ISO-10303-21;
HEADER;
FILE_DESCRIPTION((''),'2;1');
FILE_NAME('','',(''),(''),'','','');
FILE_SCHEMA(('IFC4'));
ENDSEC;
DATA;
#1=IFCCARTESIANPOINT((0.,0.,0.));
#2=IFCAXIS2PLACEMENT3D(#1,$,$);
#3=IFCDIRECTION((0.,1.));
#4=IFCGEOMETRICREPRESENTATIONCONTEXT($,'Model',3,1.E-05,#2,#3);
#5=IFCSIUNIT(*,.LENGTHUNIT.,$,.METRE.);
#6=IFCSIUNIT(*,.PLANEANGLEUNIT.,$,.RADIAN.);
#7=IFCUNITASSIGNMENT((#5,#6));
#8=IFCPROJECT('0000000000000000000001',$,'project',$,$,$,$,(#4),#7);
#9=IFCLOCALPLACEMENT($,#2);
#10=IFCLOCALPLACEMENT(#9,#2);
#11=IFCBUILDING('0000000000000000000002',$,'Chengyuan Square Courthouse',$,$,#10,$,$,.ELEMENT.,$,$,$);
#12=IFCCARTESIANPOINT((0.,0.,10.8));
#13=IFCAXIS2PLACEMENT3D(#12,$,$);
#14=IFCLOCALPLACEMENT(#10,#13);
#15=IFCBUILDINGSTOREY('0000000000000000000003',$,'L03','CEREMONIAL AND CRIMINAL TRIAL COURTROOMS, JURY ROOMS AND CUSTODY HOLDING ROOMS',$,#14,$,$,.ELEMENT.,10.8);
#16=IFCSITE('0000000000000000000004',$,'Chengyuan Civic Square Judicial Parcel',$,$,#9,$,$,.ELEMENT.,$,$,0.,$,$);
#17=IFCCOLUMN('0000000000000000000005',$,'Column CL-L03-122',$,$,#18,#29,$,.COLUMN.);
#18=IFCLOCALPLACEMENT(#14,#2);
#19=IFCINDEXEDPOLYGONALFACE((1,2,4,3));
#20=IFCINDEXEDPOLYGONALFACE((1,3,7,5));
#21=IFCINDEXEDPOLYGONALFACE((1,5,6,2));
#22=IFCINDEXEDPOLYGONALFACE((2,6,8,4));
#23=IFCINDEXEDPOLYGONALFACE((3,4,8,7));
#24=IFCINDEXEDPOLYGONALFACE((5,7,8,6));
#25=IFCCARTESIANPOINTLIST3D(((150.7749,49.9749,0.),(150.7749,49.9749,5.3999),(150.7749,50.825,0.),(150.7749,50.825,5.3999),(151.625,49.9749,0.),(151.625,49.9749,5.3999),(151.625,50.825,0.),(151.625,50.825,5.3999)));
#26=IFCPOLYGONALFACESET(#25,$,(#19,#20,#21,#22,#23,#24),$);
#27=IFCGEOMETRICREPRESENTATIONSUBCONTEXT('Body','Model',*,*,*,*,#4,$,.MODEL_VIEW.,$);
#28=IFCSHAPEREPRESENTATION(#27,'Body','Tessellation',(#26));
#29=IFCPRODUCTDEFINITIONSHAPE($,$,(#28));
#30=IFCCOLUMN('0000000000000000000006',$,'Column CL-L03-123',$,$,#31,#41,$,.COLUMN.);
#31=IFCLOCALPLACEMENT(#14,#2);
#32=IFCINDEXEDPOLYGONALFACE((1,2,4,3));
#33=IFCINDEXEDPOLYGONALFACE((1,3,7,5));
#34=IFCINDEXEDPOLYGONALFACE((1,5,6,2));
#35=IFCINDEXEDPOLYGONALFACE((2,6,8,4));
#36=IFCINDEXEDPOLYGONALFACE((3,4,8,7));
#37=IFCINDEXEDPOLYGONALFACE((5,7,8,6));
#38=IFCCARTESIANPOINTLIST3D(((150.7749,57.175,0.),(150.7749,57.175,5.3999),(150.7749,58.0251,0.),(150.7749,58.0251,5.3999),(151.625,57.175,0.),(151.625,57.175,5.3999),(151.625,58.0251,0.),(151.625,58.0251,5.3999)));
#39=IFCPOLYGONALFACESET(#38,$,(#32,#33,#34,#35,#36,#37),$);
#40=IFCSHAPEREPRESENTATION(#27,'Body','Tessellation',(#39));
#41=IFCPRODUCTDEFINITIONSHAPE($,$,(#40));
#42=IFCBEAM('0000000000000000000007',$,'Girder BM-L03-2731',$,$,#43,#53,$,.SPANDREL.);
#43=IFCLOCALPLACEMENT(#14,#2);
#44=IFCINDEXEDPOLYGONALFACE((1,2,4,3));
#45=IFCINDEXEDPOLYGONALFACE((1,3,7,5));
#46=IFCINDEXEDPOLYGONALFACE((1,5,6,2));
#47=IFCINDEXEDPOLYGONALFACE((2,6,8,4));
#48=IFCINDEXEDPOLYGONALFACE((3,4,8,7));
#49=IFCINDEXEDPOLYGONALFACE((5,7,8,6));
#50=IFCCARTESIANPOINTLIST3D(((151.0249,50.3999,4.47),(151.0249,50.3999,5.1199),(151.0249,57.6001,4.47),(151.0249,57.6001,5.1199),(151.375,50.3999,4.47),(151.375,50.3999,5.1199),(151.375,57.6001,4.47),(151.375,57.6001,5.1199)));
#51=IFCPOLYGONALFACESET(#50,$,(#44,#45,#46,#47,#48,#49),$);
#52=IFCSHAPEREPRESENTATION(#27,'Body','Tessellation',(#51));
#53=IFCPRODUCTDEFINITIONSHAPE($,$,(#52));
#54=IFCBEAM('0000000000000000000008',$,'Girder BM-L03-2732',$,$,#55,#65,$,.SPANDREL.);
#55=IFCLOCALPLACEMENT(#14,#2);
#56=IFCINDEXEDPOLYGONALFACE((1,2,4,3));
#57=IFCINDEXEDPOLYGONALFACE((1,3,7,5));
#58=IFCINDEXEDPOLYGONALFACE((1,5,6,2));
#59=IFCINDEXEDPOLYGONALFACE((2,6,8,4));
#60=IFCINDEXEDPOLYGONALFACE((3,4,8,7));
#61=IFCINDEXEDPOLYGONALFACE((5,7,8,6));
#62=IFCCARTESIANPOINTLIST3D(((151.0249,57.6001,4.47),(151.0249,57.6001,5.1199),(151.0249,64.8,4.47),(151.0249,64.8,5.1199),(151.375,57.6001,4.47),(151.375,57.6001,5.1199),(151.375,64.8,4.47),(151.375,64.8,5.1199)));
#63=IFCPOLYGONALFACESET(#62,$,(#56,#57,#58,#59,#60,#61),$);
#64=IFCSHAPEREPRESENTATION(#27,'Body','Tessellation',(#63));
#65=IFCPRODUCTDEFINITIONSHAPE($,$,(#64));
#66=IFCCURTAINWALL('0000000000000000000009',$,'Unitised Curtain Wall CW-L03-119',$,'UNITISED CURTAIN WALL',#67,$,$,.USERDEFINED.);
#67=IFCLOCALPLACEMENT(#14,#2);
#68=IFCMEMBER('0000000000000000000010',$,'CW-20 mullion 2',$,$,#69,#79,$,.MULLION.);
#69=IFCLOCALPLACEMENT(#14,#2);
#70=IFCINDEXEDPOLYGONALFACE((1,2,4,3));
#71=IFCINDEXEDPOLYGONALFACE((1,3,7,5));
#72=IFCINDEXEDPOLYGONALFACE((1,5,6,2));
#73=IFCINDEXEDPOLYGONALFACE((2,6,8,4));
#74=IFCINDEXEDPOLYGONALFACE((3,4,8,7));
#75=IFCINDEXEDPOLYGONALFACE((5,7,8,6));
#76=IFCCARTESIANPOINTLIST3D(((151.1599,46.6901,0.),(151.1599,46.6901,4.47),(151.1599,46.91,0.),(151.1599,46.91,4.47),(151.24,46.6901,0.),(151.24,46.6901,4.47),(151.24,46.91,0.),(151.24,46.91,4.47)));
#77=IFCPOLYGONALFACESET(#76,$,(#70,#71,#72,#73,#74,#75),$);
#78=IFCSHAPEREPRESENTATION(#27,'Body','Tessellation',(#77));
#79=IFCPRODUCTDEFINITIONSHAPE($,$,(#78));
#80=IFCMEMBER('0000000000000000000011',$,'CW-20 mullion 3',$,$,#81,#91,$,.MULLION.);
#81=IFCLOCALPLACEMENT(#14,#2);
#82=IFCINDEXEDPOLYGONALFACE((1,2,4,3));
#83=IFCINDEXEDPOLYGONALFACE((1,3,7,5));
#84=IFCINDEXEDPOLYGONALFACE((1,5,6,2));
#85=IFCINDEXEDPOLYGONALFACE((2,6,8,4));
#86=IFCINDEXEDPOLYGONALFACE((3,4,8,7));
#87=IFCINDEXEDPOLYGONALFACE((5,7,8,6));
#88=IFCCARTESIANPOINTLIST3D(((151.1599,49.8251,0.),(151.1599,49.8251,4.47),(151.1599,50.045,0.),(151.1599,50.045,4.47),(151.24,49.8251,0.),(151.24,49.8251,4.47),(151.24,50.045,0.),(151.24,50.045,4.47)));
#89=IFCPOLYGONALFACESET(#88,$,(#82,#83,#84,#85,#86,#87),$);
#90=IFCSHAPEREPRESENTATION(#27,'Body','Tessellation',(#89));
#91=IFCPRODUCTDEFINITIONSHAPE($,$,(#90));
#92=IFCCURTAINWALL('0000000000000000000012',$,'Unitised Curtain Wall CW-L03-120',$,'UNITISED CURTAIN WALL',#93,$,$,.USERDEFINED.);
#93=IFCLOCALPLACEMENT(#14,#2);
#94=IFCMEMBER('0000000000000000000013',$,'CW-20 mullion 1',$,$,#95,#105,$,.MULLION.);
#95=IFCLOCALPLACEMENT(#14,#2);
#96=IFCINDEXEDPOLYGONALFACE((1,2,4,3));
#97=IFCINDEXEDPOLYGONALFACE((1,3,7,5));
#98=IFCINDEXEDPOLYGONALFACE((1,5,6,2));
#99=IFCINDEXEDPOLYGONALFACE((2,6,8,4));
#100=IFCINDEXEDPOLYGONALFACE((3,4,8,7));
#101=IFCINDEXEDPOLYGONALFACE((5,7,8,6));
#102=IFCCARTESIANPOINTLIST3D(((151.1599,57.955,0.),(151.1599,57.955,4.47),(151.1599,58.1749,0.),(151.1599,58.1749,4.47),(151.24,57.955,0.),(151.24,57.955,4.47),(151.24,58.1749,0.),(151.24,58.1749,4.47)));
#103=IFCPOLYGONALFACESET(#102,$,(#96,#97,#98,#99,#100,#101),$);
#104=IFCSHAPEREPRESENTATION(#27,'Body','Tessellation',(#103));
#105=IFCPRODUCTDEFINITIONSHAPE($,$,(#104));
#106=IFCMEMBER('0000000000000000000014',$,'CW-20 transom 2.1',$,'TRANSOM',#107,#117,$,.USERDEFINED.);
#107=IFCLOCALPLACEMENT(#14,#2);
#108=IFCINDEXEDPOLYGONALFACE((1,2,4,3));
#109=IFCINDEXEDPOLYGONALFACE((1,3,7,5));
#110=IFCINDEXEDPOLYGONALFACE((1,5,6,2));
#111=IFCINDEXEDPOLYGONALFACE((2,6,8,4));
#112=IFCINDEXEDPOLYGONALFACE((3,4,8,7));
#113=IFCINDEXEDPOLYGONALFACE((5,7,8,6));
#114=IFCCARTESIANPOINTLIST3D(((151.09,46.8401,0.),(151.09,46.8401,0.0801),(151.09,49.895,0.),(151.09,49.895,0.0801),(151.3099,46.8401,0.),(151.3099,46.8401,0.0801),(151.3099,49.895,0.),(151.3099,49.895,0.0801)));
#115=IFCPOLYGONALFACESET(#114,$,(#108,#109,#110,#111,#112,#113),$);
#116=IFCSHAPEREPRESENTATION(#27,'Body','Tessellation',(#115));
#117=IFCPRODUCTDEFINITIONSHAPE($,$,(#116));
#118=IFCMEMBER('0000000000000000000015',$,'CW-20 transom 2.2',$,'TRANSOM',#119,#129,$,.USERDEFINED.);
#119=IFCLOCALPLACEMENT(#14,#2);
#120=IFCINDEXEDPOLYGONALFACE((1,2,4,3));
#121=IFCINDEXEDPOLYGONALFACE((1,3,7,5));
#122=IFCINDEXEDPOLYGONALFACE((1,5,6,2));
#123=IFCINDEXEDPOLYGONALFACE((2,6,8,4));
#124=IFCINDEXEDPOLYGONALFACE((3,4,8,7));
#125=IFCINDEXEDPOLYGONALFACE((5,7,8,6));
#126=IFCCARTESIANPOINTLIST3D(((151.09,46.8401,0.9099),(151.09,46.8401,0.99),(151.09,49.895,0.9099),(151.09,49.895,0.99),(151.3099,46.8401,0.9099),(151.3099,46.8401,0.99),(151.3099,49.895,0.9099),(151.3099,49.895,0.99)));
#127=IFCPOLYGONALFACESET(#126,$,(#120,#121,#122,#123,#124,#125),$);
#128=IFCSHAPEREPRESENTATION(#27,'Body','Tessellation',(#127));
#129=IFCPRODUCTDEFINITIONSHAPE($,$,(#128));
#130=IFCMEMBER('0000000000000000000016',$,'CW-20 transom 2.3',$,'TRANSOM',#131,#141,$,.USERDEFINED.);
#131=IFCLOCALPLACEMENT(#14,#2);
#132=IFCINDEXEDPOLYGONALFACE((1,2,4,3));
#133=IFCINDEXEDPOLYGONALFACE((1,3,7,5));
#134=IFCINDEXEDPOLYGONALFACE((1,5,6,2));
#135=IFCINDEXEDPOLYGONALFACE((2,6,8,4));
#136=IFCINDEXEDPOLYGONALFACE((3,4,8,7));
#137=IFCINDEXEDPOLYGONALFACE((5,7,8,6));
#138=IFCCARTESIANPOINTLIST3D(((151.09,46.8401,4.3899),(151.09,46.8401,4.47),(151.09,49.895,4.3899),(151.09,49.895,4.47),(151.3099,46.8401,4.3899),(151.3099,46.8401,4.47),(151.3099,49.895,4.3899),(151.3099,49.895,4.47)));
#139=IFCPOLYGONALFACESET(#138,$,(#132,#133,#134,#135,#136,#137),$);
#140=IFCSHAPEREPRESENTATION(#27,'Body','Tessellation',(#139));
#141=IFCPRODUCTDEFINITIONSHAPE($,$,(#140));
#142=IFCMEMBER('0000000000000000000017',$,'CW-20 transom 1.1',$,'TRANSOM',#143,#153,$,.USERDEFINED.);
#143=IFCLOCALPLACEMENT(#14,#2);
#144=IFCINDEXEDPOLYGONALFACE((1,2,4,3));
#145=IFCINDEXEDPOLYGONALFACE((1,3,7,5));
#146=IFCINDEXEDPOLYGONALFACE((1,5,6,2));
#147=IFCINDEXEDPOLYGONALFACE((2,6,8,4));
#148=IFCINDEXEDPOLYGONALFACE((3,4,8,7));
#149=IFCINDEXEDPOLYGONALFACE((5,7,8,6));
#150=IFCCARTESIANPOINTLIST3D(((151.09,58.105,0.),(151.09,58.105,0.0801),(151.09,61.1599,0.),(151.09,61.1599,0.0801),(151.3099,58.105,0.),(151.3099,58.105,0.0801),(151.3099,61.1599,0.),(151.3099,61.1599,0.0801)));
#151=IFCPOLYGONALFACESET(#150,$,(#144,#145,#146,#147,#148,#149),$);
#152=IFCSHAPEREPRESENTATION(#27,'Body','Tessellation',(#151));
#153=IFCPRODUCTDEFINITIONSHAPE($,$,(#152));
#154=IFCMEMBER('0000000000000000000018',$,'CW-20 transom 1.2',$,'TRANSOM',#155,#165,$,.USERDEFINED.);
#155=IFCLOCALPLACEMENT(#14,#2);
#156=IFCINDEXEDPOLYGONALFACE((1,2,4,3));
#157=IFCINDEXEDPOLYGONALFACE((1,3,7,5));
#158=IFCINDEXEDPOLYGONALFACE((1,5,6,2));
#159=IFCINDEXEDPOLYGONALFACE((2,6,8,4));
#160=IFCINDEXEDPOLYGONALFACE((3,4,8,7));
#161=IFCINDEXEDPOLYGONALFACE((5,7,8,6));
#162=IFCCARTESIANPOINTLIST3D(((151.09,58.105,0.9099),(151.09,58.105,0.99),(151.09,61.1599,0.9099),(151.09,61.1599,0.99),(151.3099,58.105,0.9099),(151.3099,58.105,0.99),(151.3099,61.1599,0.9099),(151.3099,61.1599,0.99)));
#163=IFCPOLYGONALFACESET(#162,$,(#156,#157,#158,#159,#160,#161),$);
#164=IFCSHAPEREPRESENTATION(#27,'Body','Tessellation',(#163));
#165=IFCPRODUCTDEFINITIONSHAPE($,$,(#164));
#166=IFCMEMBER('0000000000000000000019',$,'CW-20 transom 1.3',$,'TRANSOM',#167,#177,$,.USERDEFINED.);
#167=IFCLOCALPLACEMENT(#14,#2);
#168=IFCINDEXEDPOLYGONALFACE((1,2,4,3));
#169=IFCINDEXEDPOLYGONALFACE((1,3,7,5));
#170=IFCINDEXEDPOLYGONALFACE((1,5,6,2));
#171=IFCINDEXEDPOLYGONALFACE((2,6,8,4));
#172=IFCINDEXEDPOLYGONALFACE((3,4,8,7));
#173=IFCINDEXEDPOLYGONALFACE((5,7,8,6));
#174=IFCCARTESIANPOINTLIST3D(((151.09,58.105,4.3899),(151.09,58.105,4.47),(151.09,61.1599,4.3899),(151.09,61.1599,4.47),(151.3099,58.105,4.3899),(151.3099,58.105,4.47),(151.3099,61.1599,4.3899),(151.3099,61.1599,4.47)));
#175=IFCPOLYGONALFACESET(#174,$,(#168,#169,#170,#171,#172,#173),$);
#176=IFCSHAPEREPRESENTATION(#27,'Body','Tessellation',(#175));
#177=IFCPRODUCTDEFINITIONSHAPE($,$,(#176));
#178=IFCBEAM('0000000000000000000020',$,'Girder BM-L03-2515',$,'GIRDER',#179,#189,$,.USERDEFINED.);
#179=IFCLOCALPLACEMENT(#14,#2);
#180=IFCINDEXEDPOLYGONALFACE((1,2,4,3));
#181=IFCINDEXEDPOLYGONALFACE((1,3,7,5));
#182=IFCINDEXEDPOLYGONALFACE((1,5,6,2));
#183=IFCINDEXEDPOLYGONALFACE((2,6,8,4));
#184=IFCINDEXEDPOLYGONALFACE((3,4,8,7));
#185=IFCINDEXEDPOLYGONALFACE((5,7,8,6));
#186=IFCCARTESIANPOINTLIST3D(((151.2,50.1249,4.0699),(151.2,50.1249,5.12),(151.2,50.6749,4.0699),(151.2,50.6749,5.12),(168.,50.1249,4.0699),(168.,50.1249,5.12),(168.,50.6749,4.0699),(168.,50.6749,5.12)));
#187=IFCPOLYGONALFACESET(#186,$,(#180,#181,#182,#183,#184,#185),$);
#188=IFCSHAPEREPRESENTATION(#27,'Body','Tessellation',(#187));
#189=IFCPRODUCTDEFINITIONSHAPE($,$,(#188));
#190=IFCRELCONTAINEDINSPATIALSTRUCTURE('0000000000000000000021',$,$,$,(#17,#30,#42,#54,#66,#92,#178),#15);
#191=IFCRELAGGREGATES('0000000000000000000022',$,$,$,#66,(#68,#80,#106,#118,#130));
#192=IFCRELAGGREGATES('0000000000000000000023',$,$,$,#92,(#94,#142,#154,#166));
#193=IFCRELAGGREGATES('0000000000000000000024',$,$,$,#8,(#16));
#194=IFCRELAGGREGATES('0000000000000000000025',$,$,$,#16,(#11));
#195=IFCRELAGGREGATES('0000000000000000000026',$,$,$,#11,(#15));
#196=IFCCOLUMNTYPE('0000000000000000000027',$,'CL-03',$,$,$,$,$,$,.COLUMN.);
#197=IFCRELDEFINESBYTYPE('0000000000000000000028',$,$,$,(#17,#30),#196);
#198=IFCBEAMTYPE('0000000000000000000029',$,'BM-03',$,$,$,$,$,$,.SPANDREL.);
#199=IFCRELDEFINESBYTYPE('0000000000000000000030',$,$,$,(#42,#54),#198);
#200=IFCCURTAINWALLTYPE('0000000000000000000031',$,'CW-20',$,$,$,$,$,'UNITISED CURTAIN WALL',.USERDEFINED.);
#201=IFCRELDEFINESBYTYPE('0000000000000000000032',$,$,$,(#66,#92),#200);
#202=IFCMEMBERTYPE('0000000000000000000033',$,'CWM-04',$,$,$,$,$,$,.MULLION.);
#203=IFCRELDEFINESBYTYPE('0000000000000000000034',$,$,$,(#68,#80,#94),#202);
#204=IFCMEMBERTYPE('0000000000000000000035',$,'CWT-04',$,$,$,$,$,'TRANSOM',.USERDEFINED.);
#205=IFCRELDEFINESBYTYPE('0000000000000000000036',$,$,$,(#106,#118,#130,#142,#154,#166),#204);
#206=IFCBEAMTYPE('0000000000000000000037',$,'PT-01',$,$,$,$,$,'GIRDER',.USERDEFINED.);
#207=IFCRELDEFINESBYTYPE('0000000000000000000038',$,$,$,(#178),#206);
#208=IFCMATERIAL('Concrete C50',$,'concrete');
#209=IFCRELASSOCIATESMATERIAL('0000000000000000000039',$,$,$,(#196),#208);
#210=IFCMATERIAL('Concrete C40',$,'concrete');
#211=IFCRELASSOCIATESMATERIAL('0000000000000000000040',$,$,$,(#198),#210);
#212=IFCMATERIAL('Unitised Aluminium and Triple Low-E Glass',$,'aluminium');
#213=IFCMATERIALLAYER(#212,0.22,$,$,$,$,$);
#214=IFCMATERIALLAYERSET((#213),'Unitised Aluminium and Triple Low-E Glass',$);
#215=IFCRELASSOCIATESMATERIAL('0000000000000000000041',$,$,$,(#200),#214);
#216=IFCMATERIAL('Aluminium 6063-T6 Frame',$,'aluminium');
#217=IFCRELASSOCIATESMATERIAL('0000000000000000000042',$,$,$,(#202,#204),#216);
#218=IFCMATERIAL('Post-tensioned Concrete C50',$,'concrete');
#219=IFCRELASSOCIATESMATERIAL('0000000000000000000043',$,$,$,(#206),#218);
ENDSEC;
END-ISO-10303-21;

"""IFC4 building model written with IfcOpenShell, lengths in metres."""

from ifc_helpers import new_model, si_unit, direction, frame, origin, origin_2d, place, context, subcontext, project, spatial, rectangle, extrude, material, layer, layer_set, material_profile, profile_set, type_object, element, aggregate, save


model = new_model("IFC4")

# Units and contexts
model_context = context("Model", 3, precision=1e-05, world=origin(), true_north=direction((0.0, 1.0)))
body_context = subcontext(model_context, "Body", "Model", "MODEL_VIEW")
ifc_project = project(units=[si_unit("LENGTHUNIT", "METRE"), si_unit("PLANEANGLEUNIT", "RADIAN")], contexts=[model_context])

# Site, building, storey
site_placement = place(None, origin())
site = spatial("IfcSite", under=ifc_project, at=site_placement, Name="Chengyuan Civic Square Judicial Parcel", CompositionType="ELEMENT", RefElevation=0.0)
building_placement = place(site_placement, origin())
building = spatial("IfcBuilding", under=site, at=building_placement, Name="Chengyuan Square Courthouse", CompositionType="ELEMENT")
storey_placement = place(building_placement, frame((0.0, 0.0, 10.8)))
storey = spatial("IfcBuildingStorey", under=building, at=storey_placement, Name="L03", Description="CEREMONIAL AND CRIMINAL TRIAL COURTROOMS, JURY ROOMS AND CUSTODY HOLDING ROOMS", CompositionType="ELEMENT", Elevation=10.8)

# Columns
ifc_material_1 = material(Name="Concrete C50", Category="concrete")
ifc_material_profile_1 = material_profile(ifc_material_1, rectangle(XDim=0.8501, YDim=0.8501, at=origin_2d()), Name="RC-COL-850x850")
ifc_profile_set_1 = profile_set([ifc_material_profile_1], Name="Concrete C50")
column_type = type_object("IfcColumnType", Name="CL-03", PredefinedType="COLUMN", material=ifc_profile_set_1)
for number, where, z_axis, x_axis, name in (
    (1, (151.2, 50.3999, 0.0), (0.0, 0.0, 1.0), (1.0, 0.0, 0.0), "Column CL-L03-122"),
    (2, (151.2, 57.6001, 0.0), (0.0, 0.0, 1.0), (1.0, 0.0, 0.0), "Column CL-L03-123"),
):
    element("IfcColumn", number, at=place(storey_placement, frame(where, z_axis=z_axis, x_axis=x_axis)), inside=storey, type_object=column_type, Name=name, PredefinedType="COLUMN", context=body_context, shape_type="SweptSolid", body=[
        extrude(rectangle(XDim=0.8501, YDim=0.8501, at=origin_2d()), origin(), (0.0, 0.0, 1.0), 5.3999),
    ])

# Beams
ifc_material_2 = material(Name="Concrete C40", Category="concrete")
ifc_material_profile_2 = material_profile(ifc_material_2, rectangle(XDim=0.3501, YDim=0.6499, at=origin_2d()), Name="RC-BM-350x650")
ifc_profile_set_2 = profile_set([ifc_material_profile_2], Name="Concrete C40")
beam_type_1 = type_object("IfcBeamType", Name="BM-03", PredefinedType="SPANDREL", material=ifc_profile_set_2)
beam_1_placement = place(storey_placement, frame((151.2, 50.3999, 4.7949), z_axis=(0.0, 1.0, 0.0), x_axis=(-1.0, 0.0, 0.0)))
element("IfcBeam", 3, at=beam_1_placement, inside=storey, type_object=beam_type_1, Name="Girder BM-L03-2731", PredefinedType="SPANDREL", context=body_context, shape_type="SweptSolid", body=[
    extrude(rectangle(XDim=0.3501, YDim=0.6499, at=origin_2d()), origin(), (0.0, 0.0, 1.0), 7.2002),
])
beam_2_placement = place(storey_placement, frame((151.2, 57.6001, 4.7949), z_axis=(0.0, 1.0, 0.0), x_axis=(-1.0, 0.0, 0.0)))
element("IfcBeam", 4, at=beam_2_placement, inside=storey, type_object=beam_type_1, Name="Girder BM-L03-2732", PredefinedType="SPANDREL", context=body_context, shape_type="SweptSolid", body=[
    extrude(rectangle(XDim=0.3501, YDim=0.6499, at=origin_2d()), origin(), (0.0, 0.0, 1.0), 7.2),
])

# Curtain wall, members
ifc_material_3 = material(Name="Unitised Aluminium and Triple Low-E Glass", Category="aluminium")
ifc_layer_1 = layer(ifc_material_3, 0.22)
ifc_layer_set_1 = layer_set([ifc_layer_1], Name="Unitised Aluminium and Triple Low-E Glass")
curtain_wall_type = type_object("IfcCurtainWallType", Name="CW-20", ElementType="UNITISED CURTAIN WALL", PredefinedType="USERDEFINED", material=ifc_layer_set_1)
curtain_wall_1_placement = place(storey_placement, origin())
curtain_wall_1 = element("IfcCurtainWall", 5, at=curtain_wall_1_placement, inside=storey, type_object=curtain_wall_type, Name="Unitised Curtain Wall CW-L03-119", ObjectType="UNITISED CURTAIN WALL", PredefinedType="USERDEFINED")
ifc_material_4 = material(Name="Aluminium 6063-T6 Frame", Category="aluminium")
ifc_material_profile_3 = material_profile(ifc_material_4, rectangle(XDim=0.0801, YDim=0.22, at=origin_2d()), Name="CW-MUL-80x220")
ifc_profile_set_3 = profile_set([ifc_material_profile_3], Name="Aluminium 6063-T6 Frame")
member_type_1 = type_object("IfcMemberType", Name="CWM-04", PredefinedType="MULLION", material=ifc_profile_set_3)
member_1_placement = place(storey_placement, frame((151.2, 46.8, 0.0), z_axis=(0.0, 0.0, 1.0), x_axis=(-1.0, 0.0, 0.0)))
member_1 = element("IfcMember", 6, at=member_1_placement, type_object=member_type_1, Name="CW-20 mullion 2", PredefinedType="MULLION", context=body_context, shape_type="SweptSolid", body=[
    extrude(rectangle(XDim=0.0801, YDim=0.22, at=origin_2d()), origin(), (0.0, 0.0, 1.0), 4.47),
])
member_2_placement = place(storey_placement, frame((151.2, 49.9351, 0.0), z_axis=(0.0, 0.0, 1.0), x_axis=(-1.0, 0.0, 0.0)))
member_2 = element("IfcMember", 7, at=member_2_placement, type_object=member_type_1, Name="CW-20 mullion 3", PredefinedType="MULLION", context=body_context, shape_type="SweptSolid", body=[
    extrude(rectangle(XDim=0.0801, YDim=0.22, at=origin_2d()), origin(), (0.0, 0.0, 1.0), 4.47),
])

# Curtain wall, member
curtain_wall_2_placement = place(storey_placement, origin())
curtain_wall_2 = element("IfcCurtainWall", 8, at=curtain_wall_2_placement, inside=storey, type_object=curtain_wall_type, Name="Unitised Curtain Wall CW-L03-120", ObjectType="UNITISED CURTAIN WALL", PredefinedType="USERDEFINED")
member_3_placement = place(storey_placement, frame((151.2, 58.0649, 0.0), z_axis=(0.0, 0.0, 1.0), x_axis=(-1.0, 0.0, 0.0)))
member_3 = element("IfcMember", 9, at=member_3_placement, type_object=member_type_1, Name="CW-20 mullion 1", PredefinedType="MULLION", context=body_context, shape_type="SweptSolid", body=[
    extrude(rectangle(XDim=0.0801, YDim=0.22, at=origin_2d()), origin(), (0.0, 0.0, 1.0), 4.47),
])

# Members
ifc_material_profile_4 = material_profile(ifc_material_4, rectangle(XDim=0.22, YDim=0.0801, at=origin_2d()), Name="CW-TRN-80x180")
ifc_profile_set_4 = profile_set([ifc_material_profile_4], Name="Aluminium 6063-T6 Frame")
member_type_2 = type_object("IfcMemberType", Name="CWT-04", ElementType="TRANSOM", PredefinedType="USERDEFINED", material=ifc_profile_set_4)
member_4_placement = place(storey_placement, frame((151.2, 46.8401, 0.04), z_axis=(0.0, 1.0, 0.0), x_axis=(-1.0, 0.0, 0.0)))
member_4 = element("IfcMember", 10, at=member_4_placement, type_object=member_type_2, Name="CW-20 transom 2.1", ObjectType="TRANSOM", PredefinedType="USERDEFINED", context=body_context, shape_type="SweptSolid", body=[
    extrude(rectangle(XDim=0.22, YDim=0.0801, at=origin_2d()), origin(), (0.0, 0.0, 1.0), 3.0549),
])
member_5_placement = place(storey_placement, frame((151.2, 46.8401, 0.95), z_axis=(0.0, 1.0, 0.0), x_axis=(-1.0, 0.0, 0.0)))
member_5 = element("IfcMember", 11, at=member_5_placement, type_object=member_type_2, Name="CW-20 transom 2.2", ObjectType="TRANSOM", PredefinedType="USERDEFINED", context=body_context, shape_type="SweptSolid", body=[
    extrude(rectangle(XDim=0.22, YDim=0.0801, at=origin_2d()), origin(), (0.0, 0.0, 1.0), 3.0549),
])
member_6_placement = place(storey_placement, frame((151.2, 46.8401, 4.4299), z_axis=(0.0, 1.0, 0.0), x_axis=(-1.0, 0.0, 0.0)))
member_6 = element("IfcMember", 12, at=member_6_placement, type_object=member_type_2, Name="CW-20 transom 2.3", ObjectType="TRANSOM", PredefinedType="USERDEFINED", context=body_context, shape_type="SweptSolid", body=[
    extrude(rectangle(XDim=0.22, YDim=0.0801, at=origin_2d()), origin(), (0.0, 0.0, 1.0), 3.0549),
])
member_7_placement = place(storey_placement, frame((151.2, 58.105, 0.04), z_axis=(0.0, 1.0, 0.0), x_axis=(-1.0, 0.0, 0.0)))
member_7 = element("IfcMember", 13, at=member_7_placement, type_object=member_type_2, Name="CW-20 transom 1.1", ObjectType="TRANSOM", PredefinedType="USERDEFINED", context=body_context, shape_type="SweptSolid", body=[
    extrude(rectangle(XDim=0.22, YDim=0.0801, at=origin_2d()), origin(), (0.0, 0.0, 1.0), 3.0549),
])
member_8_placement = place(storey_placement, frame((151.2, 58.105, 0.95), z_axis=(0.0, 1.0, 0.0), x_axis=(-1.0, 0.0, 0.0)))
member_8 = element("IfcMember", 14, at=member_8_placement, type_object=member_type_2, Name="CW-20 transom 1.2", ObjectType="TRANSOM", PredefinedType="USERDEFINED", context=body_context, shape_type="SweptSolid", body=[
    extrude(rectangle(XDim=0.22, YDim=0.0801, at=origin_2d()), origin(), (0.0, 0.0, 1.0), 3.0549),
])
member_9_placement = place(storey_placement, frame((151.2, 58.105, 4.4299), z_axis=(0.0, 1.0, 0.0), x_axis=(-1.0, 0.0, 0.0)))
member_9 = element("IfcMember", 15, at=member_9_placement, type_object=member_type_2, Name="CW-20 transom 1.3", ObjectType="TRANSOM", PredefinedType="USERDEFINED", context=body_context, shape_type="SweptSolid", body=[
    extrude(rectangle(XDim=0.22, YDim=0.0801, at=origin_2d()), origin(), (0.0, 0.0, 1.0), 3.0549),
])

# Beam
ifc_material_5 = material(Name="Post-tensioned Concrete C50", Category="concrete")
ifc_material_profile_5 = material_profile(ifc_material_5, rectangle(XDim=0.55, YDim=1.05, at=origin_2d()), Name="PT-BM-550x1050")
ifc_profile_set_5 = profile_set([ifc_material_profile_5], Name="Post-tensioned Concrete C50")
beam_type_2 = type_object("IfcBeamType", Name="PT-01", ElementType="GIRDER", PredefinedType="USERDEFINED", material=ifc_profile_set_5)
beam_3_placement = place(storey_placement, frame((151.2, 50.3999, 4.595), z_axis=(1.0, 0.0, 0.0), x_axis=(0.0, 1.0, 0.0)))
element("IfcBeam", 16, at=beam_3_placement, inside=storey, type_object=beam_type_2, Name="Girder BM-L03-2515", ObjectType="GIRDER", PredefinedType="USERDEFINED", context=body_context, shape_type="SweptSolid", body=[
    extrude(rectangle(XDim=0.55, YDim=1.05, at=origin_2d()), origin(), (0.0, 0.0, 1.0), 16.8),
])

aggregate(curtain_wall_1, [member_1, member_2, member_4, member_5, member_6])
aggregate(curtain_wall_2, [member_3, member_7, member_8, member_9])

save(model, "model.ifc")
